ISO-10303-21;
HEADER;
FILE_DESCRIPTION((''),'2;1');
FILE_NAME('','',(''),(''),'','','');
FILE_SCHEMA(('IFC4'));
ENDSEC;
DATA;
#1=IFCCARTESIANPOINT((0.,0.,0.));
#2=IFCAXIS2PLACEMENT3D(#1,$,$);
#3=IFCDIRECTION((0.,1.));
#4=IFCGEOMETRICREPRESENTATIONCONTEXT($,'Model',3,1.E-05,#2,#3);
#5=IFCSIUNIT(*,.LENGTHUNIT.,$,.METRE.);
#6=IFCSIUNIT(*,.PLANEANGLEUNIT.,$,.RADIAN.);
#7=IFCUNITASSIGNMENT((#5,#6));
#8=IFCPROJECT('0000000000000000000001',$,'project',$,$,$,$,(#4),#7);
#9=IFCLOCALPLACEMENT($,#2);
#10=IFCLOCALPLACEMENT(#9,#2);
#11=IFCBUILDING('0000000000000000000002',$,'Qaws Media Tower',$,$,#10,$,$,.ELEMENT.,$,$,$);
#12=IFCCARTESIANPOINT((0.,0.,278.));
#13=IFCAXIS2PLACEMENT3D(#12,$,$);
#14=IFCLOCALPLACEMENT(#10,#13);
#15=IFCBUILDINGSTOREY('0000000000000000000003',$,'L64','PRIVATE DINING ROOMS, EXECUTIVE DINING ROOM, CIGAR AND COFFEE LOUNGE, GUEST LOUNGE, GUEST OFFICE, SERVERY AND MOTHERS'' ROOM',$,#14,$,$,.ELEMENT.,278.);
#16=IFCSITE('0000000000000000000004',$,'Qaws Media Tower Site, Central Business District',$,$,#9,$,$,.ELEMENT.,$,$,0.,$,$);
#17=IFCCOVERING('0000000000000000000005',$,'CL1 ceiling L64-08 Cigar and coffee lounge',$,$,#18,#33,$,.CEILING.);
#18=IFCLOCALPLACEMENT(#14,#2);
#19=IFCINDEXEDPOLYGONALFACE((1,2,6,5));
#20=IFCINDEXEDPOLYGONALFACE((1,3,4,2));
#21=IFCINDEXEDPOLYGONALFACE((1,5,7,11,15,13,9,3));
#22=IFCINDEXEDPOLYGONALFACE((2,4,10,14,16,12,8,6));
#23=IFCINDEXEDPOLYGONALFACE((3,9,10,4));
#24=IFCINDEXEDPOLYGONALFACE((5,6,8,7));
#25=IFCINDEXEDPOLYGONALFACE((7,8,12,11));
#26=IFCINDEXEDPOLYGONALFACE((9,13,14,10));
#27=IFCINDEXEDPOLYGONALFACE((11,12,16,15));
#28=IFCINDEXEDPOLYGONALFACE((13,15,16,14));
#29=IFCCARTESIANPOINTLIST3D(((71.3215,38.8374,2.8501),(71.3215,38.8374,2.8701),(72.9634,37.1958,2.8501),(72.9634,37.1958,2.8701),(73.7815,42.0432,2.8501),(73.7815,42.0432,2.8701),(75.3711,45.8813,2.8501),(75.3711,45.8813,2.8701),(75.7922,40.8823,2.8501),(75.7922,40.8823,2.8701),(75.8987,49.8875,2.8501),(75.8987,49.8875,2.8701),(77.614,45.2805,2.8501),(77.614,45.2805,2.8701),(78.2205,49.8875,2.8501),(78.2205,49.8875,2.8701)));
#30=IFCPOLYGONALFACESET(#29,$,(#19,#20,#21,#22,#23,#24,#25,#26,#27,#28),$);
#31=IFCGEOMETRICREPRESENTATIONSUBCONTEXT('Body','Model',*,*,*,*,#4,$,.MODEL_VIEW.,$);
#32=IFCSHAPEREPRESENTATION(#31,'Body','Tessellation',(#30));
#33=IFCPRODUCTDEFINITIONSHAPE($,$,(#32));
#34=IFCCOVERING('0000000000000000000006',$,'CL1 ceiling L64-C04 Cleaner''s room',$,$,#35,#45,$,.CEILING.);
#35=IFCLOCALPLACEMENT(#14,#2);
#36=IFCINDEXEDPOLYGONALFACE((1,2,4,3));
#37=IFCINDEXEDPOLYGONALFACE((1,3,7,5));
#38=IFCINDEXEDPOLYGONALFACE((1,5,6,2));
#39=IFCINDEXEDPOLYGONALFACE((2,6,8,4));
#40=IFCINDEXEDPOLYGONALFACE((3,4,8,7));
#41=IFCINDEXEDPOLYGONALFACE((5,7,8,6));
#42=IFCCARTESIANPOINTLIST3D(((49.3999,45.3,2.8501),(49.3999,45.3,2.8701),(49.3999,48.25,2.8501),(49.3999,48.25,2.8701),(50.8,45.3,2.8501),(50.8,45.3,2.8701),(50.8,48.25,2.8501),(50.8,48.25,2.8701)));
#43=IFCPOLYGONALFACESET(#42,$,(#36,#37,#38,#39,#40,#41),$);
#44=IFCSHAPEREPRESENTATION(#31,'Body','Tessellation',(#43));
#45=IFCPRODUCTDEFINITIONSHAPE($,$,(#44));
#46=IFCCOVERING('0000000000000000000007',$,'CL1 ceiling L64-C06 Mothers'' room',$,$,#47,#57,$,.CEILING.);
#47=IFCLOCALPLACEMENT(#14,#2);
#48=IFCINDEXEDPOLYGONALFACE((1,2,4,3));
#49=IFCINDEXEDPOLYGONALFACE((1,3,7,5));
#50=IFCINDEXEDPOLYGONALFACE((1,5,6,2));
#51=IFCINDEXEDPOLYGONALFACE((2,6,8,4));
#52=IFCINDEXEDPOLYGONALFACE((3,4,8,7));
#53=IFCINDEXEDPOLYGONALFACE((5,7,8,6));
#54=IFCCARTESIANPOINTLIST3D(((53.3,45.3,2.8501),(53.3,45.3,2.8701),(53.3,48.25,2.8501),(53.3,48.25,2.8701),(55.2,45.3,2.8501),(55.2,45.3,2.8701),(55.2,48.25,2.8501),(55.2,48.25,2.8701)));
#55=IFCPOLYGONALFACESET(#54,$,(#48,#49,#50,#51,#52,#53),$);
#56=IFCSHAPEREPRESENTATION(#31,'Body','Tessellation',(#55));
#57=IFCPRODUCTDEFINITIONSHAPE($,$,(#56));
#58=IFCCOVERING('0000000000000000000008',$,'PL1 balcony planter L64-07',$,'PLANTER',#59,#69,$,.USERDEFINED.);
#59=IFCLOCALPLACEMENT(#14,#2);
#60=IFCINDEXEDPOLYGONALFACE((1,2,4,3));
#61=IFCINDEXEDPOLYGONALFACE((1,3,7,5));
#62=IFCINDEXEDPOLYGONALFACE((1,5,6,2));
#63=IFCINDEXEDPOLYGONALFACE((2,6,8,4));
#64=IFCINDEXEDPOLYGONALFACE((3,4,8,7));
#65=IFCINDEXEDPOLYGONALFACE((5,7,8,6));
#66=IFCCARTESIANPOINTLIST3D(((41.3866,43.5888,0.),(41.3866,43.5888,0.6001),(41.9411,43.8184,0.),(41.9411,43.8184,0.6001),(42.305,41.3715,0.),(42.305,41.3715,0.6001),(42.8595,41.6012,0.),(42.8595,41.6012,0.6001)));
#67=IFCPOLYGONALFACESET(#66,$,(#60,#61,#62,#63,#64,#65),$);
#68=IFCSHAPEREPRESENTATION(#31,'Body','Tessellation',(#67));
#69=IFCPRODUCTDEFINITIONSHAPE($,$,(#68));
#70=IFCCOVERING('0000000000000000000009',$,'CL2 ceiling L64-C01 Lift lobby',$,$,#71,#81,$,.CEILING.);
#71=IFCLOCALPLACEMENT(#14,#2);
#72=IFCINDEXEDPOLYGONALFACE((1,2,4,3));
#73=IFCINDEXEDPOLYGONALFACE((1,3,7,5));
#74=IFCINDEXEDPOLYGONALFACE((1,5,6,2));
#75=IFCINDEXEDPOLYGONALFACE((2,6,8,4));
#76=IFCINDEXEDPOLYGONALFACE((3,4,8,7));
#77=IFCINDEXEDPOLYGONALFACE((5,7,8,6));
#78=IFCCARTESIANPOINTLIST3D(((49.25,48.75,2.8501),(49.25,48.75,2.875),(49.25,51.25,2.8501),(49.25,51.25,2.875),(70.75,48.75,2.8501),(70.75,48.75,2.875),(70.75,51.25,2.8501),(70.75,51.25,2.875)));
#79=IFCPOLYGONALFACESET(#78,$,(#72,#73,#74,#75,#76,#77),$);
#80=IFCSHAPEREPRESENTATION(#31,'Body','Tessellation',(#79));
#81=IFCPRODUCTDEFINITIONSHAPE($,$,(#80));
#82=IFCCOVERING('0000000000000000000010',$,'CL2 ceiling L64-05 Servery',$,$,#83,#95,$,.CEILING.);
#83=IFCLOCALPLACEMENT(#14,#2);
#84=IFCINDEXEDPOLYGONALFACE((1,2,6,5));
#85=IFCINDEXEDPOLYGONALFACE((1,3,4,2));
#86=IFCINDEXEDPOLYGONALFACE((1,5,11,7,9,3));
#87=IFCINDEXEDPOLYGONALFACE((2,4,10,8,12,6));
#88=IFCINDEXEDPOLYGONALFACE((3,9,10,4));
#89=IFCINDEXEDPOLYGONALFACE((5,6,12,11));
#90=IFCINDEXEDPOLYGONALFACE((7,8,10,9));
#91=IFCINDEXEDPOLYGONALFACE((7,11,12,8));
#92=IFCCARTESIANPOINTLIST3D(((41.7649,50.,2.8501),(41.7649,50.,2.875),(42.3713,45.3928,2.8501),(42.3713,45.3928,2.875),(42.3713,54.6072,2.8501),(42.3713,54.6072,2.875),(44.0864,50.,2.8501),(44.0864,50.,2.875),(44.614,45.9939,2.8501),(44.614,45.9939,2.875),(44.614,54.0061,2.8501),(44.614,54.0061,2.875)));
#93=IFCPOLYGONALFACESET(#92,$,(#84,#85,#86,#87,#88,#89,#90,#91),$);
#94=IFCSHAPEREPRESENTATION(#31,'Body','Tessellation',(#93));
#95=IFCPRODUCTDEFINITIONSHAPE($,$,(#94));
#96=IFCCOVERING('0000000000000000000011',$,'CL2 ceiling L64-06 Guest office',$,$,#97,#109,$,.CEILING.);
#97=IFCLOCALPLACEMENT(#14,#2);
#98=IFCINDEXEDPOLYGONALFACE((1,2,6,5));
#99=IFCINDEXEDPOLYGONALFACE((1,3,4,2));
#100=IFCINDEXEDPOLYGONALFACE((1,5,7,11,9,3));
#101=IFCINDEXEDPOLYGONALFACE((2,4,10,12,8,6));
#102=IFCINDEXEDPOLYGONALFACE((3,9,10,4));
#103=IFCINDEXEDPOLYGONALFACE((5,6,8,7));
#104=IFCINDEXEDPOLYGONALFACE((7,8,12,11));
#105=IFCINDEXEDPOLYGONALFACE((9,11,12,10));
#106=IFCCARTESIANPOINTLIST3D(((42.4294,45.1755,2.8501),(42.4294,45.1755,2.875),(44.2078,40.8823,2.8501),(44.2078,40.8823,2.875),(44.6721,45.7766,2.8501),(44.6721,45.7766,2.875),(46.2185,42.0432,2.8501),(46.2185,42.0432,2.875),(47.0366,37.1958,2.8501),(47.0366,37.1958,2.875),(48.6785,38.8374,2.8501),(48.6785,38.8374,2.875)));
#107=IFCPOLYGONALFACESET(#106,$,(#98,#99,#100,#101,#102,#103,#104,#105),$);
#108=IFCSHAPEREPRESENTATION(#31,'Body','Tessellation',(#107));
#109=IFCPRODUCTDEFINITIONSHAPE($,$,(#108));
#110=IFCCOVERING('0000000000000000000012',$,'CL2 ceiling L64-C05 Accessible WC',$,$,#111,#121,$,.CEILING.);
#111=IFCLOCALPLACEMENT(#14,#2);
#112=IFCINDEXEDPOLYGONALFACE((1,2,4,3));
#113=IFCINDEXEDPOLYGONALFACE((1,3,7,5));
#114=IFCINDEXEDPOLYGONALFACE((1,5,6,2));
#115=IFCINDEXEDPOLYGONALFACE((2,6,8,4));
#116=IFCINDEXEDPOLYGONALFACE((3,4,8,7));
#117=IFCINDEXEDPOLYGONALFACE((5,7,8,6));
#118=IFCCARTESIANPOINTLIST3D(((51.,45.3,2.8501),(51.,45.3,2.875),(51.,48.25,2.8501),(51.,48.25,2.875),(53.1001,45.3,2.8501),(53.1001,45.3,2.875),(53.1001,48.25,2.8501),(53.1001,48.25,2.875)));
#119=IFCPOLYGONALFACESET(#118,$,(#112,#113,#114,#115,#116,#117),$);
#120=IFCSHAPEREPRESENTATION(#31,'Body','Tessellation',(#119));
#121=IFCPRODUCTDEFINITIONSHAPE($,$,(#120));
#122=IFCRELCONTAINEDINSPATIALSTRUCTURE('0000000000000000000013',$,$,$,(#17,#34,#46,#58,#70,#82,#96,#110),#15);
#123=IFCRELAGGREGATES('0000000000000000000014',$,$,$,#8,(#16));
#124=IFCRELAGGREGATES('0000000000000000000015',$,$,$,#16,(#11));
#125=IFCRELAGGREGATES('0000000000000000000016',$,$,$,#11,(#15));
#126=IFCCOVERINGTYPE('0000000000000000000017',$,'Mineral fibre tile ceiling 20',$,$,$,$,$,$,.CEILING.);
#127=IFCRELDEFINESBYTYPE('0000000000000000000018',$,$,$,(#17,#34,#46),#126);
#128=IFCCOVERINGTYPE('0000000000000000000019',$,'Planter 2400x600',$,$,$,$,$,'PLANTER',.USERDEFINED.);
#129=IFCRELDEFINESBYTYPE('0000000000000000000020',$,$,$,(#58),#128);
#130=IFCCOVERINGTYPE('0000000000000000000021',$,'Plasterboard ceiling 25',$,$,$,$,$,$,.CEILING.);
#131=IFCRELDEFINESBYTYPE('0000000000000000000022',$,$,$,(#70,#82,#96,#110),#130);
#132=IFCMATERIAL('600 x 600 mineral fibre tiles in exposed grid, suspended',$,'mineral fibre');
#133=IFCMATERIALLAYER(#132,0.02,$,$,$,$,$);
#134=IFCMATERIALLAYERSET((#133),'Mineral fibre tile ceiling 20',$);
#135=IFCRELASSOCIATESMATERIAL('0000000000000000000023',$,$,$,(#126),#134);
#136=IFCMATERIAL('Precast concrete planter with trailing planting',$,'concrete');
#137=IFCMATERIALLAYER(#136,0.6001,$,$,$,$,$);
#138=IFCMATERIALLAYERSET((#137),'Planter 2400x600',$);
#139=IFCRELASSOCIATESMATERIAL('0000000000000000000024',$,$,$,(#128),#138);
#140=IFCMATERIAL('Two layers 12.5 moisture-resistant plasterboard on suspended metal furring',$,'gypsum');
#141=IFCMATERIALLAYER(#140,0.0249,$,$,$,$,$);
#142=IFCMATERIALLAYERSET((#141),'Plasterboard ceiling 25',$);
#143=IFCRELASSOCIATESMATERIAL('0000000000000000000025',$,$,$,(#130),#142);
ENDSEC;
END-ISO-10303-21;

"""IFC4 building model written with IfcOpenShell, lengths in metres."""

from ifc_helpers import new_model, si_unit, direction, frame, origin, origin_2d, place, context, subcontext, project, spatial, polyline, rectangle, outline, extrude, material, layer, layer_set, type_object, element, save


model = new_model("IFC4")

# Units and contexts
model_context = context("Model", 3, precision=1e-05, world=origin(), true_north=direction((0.0, 1.0)))
body_context = subcontext(model_context, "Body", "Model", "MODEL_VIEW")
ifc_project = project(units=[si_unit("LENGTHUNIT", "METRE"), si_unit("PLANEANGLEUNIT", "RADIAN")], contexts=[model_context])

# Site, building, storey
site_placement = place(None, origin())
site = spatial("IfcSite", under=ifc_project, at=site_placement, Name="Qaws Media Tower Site, Central Business District", CompositionType="ELEMENT", RefElevation=0.0)
building_placement = place(site_placement, origin())
building = spatial("IfcBuilding", under=site, at=building_placement, Name="Qaws Media Tower", CompositionType="ELEMENT")
storey_placement = place(building_placement, frame((0.0, 0.0, 278.0)))
storey = spatial("IfcBuildingStorey", under=building, at=storey_placement, Name="L64", Description="PRIVATE DINING ROOMS, EXECUTIVE DINING ROOM, CIGAR AND COFFEE LOUNGE, GUEST LOUNGE, GUEST OFFICE, SERVERY AND MOTHERS' ROOM", CompositionType="ELEMENT", Elevation=278.0)

# Coverings
ifc_material_1 = material(Name="600 x 600 mineral fibre tiles in exposed grid, suspended", Category="mineral fibre")
ifc_layer_1 = layer(ifc_material_1, 0.02)
ifc_layer_set_1 = layer_set([ifc_layer_1], Name="Mineral fibre tile ceiling 20")
covering_type_1 = type_object("IfcCoveringType", Name="Mineral fibre tile ceiling 20", PredefinedType="CEILING", material=ifc_layer_set_1)
covering_1_placement = place(storey_placement, frame((0.0, 0.0, 2.8501)))
element("IfcCovering", 1, at=covering_1_placement, inside=storey, type_object=covering_type_1, Name="CL1 ceiling L64-08 Cigar and coffee lounge", PredefinedType="CEILING", context=body_context, shape_type="SweptSolid", body=[
    extrude(outline(polyline([(77.614, 45.2805), (75.7922, 40.8823), (72.9634, 37.1958), (71.3215, 38.8374), (73.7815, 42.0432), (75.3711, 45.8813), (75.8987, 49.8875), (78.2205, 49.8875), (77.614, 45.2805)])), origin(), (0.0, 0.0, 1.0), 0.02),
])
covering_2_placement = place(storey_placement, frame((0.0, 0.0, 2.8501)))
element("IfcCovering", 2, at=covering_2_placement, inside=storey, type_object=covering_type_1, Name="CL1 ceiling L64-C04 Cleaner's room", PredefinedType="CEILING", context=body_context, shape_type="SweptSolid", body=[
    extrude(outline(polyline([(49.3999, 45.3), (49.3999, 48.25), (50.8, 48.25), (50.8, 45.3), (49.3999, 45.3)])), origin(), (0.0, 0.0, 1.0), 0.02),
])
covering_3_placement = place(storey_placement, frame((0.0, 0.0, 2.8501)))
element("IfcCovering", 3, at=covering_3_placement, inside=storey, type_object=covering_type_1, Name="CL1 ceiling L64-C06 Mothers' room", PredefinedType="CEILING", context=body_context, shape_type="SweptSolid", body=[
    extrude(outline(polyline([(53.3, 45.3), (53.3, 48.25), (55.2, 48.25), (55.2, 45.3), (53.3, 45.3)])), origin(), (0.0, 0.0, 1.0), 0.02),
])
ifc_material_2 = material(Name="Precast concrete planter with trailing planting", Category="concrete")
ifc_layer_2 = layer(ifc_material_2, 0.6001)
ifc_layer_set_2 = layer_set([ifc_layer_2], Name="Planter 2400x600")
covering_type_2 = type_object("IfcCoveringType", Name="Planter 2400x600", ElementType="PLANTER", PredefinedType="USERDEFINED", material=ifc_layer_set_2)
covering_4_placement = place(storey_placement, frame((42.123, 42.595, 0.0), z_axis=(0.0, 0.0, 1.0), x_axis=(0.382683, -0.92388, 0.0)))
element("IfcCovering", 4, at=covering_4_placement, inside=storey, type_object=covering_type_2, Name="PL1 balcony planter L64-07", ObjectType="PLANTER", PredefinedType="USERDEFINED", context=body_context, shape_type="SweptSolid", body=[
    extrude(rectangle(XDim=2.3999, YDim=0.6001, at=origin_2d()), origin(), (0.0, 0.0, 1.0), 0.6001),
])
ifc_material_3 = material(Name="Two layers 12.5 moisture-resistant plasterboard on suspended metal furring", Category="gypsum")
ifc_layer_3 = layer(ifc_material_3, 0.0249)
ifc_layer_set_3 = layer_set([ifc_layer_3], Name="Plasterboard ceiling 25")
covering_type_3 = type_object("IfcCoveringType", Name="Plasterboard ceiling 25", PredefinedType="CEILING", material=ifc_layer_set_3)
covering_5_placement = place(storey_placement, frame((0.0, 0.0, 2.8501)))
element("IfcCovering", 5, at=covering_5_placement, inside=storey, type_object=covering_type_3, Name="CL2 ceiling L64-C01 Lift lobby", PredefinedType="CEILING", context=body_context, shape_type="SweptSolid", body=[
    extrude(outline(polyline([(49.25, 48.75), (49.25, 51.25), (70.75, 51.25), (70.75, 48.75), (49.25, 48.75)])), origin(), (0.0, 0.0, 1.0), 0.0249),
])
covering_6_placement = place(storey_placement, frame((0.0, 0.0, 2.8501)))
element("IfcCovering", 6, at=covering_6_placement, inside=storey, type_object=covering_type_3, Name="CL2 ceiling L64-05 Servery", PredefinedType="CEILING", context=body_context, shape_type="SweptSolid", body=[
    extrude(outline(polyline([(41.7649, 50.0), (42.3713, 54.6072), (44.614, 54.0061), (44.0864, 50.0), (44.614, 45.9939), (42.3713, 45.3928), (41.7649, 50.0)])), origin(), (0.0, 0.0, 1.0), 0.0249),
])
covering_7_placement = place(storey_placement, frame((0.0, 0.0, 2.8501)))
element("IfcCovering", 7, at=covering_7_placement, inside=storey, type_object=covering_type_3, Name="CL2 ceiling L64-06 Guest office", PredefinedType="CEILING", context=body_context, shape_type="SweptSolid", body=[
    extrude(outline(polyline([(46.2185, 42.0432), (48.6785, 38.8374), (47.0366, 37.1958), (44.2078, 40.8823), (42.4294, 45.1755), (44.6721, 45.7766), (46.2185, 42.0432)])), origin(), (0.0, 0.0, 1.0), 0.0249),
])
covering_8_placement = place(storey_placement, frame((0.0, 0.0, 2.8501)))
element("IfcCovering", 8, at=covering_8_placement, inside=storey, type_object=covering_type_3, Name="CL2 ceiling L64-C05 Accessible WC", PredefinedType="CEILING", context=body_context, shape_type="SweptSolid", body=[
    extrude(outline(polyline([(51.0, 45.3), (51.0, 48.25), (53.1001, 48.25), (53.1001, 45.3), (51.0, 45.3)])), origin(), (0.0, 0.0, 1.0), 0.0249),
])

save(model, "model.ifc")
